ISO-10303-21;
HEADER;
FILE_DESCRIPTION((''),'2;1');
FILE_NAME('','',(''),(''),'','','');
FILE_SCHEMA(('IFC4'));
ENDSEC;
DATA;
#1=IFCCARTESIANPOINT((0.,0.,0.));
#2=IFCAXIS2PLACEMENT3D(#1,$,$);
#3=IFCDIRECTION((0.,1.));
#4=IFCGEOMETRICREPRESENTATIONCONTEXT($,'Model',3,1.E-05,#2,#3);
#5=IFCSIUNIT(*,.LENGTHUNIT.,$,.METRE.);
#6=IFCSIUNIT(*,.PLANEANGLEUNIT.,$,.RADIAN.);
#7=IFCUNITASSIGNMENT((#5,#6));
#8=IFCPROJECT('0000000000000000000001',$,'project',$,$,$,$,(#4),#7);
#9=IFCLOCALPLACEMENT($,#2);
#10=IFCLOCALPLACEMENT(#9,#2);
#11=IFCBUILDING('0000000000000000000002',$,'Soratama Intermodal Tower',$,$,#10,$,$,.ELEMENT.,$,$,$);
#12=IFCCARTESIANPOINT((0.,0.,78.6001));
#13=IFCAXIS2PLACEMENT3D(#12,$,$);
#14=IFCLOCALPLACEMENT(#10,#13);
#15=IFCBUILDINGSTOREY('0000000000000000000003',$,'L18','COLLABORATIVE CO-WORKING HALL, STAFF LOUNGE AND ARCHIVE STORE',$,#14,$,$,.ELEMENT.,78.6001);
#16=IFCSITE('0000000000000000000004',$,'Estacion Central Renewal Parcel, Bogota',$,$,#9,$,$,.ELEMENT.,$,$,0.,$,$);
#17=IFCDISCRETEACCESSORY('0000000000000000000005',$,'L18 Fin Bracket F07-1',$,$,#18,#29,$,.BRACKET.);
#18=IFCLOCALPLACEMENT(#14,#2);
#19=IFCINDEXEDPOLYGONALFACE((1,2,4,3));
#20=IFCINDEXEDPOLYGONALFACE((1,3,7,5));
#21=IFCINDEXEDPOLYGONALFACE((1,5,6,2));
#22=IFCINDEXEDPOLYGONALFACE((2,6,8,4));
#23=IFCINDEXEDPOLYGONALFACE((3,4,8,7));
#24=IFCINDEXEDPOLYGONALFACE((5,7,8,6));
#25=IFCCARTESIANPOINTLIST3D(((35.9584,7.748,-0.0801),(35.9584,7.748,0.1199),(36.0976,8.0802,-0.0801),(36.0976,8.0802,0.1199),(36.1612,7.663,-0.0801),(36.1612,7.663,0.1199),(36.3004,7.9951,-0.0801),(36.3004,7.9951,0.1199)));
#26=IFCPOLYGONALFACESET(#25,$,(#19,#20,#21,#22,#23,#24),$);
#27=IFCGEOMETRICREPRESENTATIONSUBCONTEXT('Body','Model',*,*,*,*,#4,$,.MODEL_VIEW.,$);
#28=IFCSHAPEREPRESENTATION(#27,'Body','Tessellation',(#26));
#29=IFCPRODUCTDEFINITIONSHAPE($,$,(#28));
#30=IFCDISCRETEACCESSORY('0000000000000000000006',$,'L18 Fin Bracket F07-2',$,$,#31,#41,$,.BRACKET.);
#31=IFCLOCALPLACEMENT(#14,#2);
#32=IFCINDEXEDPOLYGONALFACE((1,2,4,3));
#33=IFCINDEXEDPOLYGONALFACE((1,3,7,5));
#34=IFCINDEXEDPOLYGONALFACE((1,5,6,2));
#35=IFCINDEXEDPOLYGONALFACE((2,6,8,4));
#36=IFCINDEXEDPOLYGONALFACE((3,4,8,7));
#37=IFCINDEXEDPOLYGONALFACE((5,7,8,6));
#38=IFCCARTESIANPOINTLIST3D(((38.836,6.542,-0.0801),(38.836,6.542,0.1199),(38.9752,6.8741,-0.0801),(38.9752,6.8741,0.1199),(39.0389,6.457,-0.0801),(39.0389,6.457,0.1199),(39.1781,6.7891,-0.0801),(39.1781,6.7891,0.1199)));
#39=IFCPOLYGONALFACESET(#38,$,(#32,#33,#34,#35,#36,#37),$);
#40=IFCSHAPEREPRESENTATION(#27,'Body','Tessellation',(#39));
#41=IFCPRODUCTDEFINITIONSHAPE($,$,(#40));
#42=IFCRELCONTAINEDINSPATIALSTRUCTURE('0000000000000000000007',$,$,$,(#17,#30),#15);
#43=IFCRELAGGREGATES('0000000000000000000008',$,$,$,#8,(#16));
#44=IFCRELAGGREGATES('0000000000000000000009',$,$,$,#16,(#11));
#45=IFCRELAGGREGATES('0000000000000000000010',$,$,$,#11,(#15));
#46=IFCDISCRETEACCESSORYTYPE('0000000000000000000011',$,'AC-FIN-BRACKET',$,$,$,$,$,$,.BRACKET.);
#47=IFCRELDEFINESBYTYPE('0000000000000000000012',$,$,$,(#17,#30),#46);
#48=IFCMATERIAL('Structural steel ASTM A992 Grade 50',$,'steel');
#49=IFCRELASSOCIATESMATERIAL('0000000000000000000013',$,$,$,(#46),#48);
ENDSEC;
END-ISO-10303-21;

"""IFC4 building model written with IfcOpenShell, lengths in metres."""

from ifc_helpers import new_model, si_unit, direction, frame, origin, origin_2d, place, context, subcontext, project, spatial, rectangle, extrude, material, type_object, element, save


model = new_model("IFC4")

# Units and contexts
model_context = context("Model", 3, precision=1e-05, world=origin(), true_north=direction((0.0, 1.0)))
body_context = subcontext(model_context, "Body", "Model", "MODEL_VIEW")
ifc_project = project(units=[si_unit("LENGTHUNIT", "METRE"), si_unit("PLANEANGLEUNIT", "RADIAN")], contexts=[model_context])

# Site, building, storey
site_placement = place(None, origin())
site = spatial("IfcSite", under=ifc_project, at=site_placement, Name="Estacion Central Renewal Parcel, Bogota", CompositionType="ELEMENT", RefElevation=0.0)
building_placement = place(site_placement, origin())
building = spatial("IfcBuilding", under=site, at=building_placement, Name="Soratama Intermodal Tower", CompositionType="ELEMENT")
storey_placement = place(building_placement, frame((0.0, 0.0, 78.6001)))
storey = spatial("IfcBuildingStorey", under=building, at=storey_placement, Name="L18", Description="COLLABORATIVE CO-WORKING HALL, STAFF LOUNGE AND ARCHIVE STORE", CompositionType="ELEMENT", Elevation=78.6001)

# Discrete accessories
ifc_material_1 = material(Name="Structural steel ASTM A992 Grade 50", Category="steel")
discrete_accessory_type = type_object("IfcDiscreteAccessoryType", Name="AC-FIN-BRACKET", PredefinedType="BRACKET", material=ifc_material_1)
for number, where, z_axis, x_axis, name in (
    (1, (36.1294, 7.8716, -0.0801), (0.0, 0.0, 1.0), (-0.38655, -0.922268, 0.0), "L18 Fin Bracket F07-1"),
    (2, (39.0071, 6.6655, -0.0801), (0.0, 0.0, 1.0), (-0.38655, -0.922268, 0.0), "L18 Fin Bracket F07-2"),
):
    element("IfcDiscreteAccessory", number, at=place(storey_placement, frame(where, z_axis=z_axis, x_axis=x_axis)), inside=storey, type_object=discrete_accessory_type, Name=name, PredefinedType="BRACKET", context=body_context, shape_type="SweptSolid", body=[
        extrude(rectangle(XDim=0.3601, YDim=0.22, at=origin_2d()), origin(), (0.0, 0.0, 1.0), 0.2),
    ])

save(model, "model.ifc")
